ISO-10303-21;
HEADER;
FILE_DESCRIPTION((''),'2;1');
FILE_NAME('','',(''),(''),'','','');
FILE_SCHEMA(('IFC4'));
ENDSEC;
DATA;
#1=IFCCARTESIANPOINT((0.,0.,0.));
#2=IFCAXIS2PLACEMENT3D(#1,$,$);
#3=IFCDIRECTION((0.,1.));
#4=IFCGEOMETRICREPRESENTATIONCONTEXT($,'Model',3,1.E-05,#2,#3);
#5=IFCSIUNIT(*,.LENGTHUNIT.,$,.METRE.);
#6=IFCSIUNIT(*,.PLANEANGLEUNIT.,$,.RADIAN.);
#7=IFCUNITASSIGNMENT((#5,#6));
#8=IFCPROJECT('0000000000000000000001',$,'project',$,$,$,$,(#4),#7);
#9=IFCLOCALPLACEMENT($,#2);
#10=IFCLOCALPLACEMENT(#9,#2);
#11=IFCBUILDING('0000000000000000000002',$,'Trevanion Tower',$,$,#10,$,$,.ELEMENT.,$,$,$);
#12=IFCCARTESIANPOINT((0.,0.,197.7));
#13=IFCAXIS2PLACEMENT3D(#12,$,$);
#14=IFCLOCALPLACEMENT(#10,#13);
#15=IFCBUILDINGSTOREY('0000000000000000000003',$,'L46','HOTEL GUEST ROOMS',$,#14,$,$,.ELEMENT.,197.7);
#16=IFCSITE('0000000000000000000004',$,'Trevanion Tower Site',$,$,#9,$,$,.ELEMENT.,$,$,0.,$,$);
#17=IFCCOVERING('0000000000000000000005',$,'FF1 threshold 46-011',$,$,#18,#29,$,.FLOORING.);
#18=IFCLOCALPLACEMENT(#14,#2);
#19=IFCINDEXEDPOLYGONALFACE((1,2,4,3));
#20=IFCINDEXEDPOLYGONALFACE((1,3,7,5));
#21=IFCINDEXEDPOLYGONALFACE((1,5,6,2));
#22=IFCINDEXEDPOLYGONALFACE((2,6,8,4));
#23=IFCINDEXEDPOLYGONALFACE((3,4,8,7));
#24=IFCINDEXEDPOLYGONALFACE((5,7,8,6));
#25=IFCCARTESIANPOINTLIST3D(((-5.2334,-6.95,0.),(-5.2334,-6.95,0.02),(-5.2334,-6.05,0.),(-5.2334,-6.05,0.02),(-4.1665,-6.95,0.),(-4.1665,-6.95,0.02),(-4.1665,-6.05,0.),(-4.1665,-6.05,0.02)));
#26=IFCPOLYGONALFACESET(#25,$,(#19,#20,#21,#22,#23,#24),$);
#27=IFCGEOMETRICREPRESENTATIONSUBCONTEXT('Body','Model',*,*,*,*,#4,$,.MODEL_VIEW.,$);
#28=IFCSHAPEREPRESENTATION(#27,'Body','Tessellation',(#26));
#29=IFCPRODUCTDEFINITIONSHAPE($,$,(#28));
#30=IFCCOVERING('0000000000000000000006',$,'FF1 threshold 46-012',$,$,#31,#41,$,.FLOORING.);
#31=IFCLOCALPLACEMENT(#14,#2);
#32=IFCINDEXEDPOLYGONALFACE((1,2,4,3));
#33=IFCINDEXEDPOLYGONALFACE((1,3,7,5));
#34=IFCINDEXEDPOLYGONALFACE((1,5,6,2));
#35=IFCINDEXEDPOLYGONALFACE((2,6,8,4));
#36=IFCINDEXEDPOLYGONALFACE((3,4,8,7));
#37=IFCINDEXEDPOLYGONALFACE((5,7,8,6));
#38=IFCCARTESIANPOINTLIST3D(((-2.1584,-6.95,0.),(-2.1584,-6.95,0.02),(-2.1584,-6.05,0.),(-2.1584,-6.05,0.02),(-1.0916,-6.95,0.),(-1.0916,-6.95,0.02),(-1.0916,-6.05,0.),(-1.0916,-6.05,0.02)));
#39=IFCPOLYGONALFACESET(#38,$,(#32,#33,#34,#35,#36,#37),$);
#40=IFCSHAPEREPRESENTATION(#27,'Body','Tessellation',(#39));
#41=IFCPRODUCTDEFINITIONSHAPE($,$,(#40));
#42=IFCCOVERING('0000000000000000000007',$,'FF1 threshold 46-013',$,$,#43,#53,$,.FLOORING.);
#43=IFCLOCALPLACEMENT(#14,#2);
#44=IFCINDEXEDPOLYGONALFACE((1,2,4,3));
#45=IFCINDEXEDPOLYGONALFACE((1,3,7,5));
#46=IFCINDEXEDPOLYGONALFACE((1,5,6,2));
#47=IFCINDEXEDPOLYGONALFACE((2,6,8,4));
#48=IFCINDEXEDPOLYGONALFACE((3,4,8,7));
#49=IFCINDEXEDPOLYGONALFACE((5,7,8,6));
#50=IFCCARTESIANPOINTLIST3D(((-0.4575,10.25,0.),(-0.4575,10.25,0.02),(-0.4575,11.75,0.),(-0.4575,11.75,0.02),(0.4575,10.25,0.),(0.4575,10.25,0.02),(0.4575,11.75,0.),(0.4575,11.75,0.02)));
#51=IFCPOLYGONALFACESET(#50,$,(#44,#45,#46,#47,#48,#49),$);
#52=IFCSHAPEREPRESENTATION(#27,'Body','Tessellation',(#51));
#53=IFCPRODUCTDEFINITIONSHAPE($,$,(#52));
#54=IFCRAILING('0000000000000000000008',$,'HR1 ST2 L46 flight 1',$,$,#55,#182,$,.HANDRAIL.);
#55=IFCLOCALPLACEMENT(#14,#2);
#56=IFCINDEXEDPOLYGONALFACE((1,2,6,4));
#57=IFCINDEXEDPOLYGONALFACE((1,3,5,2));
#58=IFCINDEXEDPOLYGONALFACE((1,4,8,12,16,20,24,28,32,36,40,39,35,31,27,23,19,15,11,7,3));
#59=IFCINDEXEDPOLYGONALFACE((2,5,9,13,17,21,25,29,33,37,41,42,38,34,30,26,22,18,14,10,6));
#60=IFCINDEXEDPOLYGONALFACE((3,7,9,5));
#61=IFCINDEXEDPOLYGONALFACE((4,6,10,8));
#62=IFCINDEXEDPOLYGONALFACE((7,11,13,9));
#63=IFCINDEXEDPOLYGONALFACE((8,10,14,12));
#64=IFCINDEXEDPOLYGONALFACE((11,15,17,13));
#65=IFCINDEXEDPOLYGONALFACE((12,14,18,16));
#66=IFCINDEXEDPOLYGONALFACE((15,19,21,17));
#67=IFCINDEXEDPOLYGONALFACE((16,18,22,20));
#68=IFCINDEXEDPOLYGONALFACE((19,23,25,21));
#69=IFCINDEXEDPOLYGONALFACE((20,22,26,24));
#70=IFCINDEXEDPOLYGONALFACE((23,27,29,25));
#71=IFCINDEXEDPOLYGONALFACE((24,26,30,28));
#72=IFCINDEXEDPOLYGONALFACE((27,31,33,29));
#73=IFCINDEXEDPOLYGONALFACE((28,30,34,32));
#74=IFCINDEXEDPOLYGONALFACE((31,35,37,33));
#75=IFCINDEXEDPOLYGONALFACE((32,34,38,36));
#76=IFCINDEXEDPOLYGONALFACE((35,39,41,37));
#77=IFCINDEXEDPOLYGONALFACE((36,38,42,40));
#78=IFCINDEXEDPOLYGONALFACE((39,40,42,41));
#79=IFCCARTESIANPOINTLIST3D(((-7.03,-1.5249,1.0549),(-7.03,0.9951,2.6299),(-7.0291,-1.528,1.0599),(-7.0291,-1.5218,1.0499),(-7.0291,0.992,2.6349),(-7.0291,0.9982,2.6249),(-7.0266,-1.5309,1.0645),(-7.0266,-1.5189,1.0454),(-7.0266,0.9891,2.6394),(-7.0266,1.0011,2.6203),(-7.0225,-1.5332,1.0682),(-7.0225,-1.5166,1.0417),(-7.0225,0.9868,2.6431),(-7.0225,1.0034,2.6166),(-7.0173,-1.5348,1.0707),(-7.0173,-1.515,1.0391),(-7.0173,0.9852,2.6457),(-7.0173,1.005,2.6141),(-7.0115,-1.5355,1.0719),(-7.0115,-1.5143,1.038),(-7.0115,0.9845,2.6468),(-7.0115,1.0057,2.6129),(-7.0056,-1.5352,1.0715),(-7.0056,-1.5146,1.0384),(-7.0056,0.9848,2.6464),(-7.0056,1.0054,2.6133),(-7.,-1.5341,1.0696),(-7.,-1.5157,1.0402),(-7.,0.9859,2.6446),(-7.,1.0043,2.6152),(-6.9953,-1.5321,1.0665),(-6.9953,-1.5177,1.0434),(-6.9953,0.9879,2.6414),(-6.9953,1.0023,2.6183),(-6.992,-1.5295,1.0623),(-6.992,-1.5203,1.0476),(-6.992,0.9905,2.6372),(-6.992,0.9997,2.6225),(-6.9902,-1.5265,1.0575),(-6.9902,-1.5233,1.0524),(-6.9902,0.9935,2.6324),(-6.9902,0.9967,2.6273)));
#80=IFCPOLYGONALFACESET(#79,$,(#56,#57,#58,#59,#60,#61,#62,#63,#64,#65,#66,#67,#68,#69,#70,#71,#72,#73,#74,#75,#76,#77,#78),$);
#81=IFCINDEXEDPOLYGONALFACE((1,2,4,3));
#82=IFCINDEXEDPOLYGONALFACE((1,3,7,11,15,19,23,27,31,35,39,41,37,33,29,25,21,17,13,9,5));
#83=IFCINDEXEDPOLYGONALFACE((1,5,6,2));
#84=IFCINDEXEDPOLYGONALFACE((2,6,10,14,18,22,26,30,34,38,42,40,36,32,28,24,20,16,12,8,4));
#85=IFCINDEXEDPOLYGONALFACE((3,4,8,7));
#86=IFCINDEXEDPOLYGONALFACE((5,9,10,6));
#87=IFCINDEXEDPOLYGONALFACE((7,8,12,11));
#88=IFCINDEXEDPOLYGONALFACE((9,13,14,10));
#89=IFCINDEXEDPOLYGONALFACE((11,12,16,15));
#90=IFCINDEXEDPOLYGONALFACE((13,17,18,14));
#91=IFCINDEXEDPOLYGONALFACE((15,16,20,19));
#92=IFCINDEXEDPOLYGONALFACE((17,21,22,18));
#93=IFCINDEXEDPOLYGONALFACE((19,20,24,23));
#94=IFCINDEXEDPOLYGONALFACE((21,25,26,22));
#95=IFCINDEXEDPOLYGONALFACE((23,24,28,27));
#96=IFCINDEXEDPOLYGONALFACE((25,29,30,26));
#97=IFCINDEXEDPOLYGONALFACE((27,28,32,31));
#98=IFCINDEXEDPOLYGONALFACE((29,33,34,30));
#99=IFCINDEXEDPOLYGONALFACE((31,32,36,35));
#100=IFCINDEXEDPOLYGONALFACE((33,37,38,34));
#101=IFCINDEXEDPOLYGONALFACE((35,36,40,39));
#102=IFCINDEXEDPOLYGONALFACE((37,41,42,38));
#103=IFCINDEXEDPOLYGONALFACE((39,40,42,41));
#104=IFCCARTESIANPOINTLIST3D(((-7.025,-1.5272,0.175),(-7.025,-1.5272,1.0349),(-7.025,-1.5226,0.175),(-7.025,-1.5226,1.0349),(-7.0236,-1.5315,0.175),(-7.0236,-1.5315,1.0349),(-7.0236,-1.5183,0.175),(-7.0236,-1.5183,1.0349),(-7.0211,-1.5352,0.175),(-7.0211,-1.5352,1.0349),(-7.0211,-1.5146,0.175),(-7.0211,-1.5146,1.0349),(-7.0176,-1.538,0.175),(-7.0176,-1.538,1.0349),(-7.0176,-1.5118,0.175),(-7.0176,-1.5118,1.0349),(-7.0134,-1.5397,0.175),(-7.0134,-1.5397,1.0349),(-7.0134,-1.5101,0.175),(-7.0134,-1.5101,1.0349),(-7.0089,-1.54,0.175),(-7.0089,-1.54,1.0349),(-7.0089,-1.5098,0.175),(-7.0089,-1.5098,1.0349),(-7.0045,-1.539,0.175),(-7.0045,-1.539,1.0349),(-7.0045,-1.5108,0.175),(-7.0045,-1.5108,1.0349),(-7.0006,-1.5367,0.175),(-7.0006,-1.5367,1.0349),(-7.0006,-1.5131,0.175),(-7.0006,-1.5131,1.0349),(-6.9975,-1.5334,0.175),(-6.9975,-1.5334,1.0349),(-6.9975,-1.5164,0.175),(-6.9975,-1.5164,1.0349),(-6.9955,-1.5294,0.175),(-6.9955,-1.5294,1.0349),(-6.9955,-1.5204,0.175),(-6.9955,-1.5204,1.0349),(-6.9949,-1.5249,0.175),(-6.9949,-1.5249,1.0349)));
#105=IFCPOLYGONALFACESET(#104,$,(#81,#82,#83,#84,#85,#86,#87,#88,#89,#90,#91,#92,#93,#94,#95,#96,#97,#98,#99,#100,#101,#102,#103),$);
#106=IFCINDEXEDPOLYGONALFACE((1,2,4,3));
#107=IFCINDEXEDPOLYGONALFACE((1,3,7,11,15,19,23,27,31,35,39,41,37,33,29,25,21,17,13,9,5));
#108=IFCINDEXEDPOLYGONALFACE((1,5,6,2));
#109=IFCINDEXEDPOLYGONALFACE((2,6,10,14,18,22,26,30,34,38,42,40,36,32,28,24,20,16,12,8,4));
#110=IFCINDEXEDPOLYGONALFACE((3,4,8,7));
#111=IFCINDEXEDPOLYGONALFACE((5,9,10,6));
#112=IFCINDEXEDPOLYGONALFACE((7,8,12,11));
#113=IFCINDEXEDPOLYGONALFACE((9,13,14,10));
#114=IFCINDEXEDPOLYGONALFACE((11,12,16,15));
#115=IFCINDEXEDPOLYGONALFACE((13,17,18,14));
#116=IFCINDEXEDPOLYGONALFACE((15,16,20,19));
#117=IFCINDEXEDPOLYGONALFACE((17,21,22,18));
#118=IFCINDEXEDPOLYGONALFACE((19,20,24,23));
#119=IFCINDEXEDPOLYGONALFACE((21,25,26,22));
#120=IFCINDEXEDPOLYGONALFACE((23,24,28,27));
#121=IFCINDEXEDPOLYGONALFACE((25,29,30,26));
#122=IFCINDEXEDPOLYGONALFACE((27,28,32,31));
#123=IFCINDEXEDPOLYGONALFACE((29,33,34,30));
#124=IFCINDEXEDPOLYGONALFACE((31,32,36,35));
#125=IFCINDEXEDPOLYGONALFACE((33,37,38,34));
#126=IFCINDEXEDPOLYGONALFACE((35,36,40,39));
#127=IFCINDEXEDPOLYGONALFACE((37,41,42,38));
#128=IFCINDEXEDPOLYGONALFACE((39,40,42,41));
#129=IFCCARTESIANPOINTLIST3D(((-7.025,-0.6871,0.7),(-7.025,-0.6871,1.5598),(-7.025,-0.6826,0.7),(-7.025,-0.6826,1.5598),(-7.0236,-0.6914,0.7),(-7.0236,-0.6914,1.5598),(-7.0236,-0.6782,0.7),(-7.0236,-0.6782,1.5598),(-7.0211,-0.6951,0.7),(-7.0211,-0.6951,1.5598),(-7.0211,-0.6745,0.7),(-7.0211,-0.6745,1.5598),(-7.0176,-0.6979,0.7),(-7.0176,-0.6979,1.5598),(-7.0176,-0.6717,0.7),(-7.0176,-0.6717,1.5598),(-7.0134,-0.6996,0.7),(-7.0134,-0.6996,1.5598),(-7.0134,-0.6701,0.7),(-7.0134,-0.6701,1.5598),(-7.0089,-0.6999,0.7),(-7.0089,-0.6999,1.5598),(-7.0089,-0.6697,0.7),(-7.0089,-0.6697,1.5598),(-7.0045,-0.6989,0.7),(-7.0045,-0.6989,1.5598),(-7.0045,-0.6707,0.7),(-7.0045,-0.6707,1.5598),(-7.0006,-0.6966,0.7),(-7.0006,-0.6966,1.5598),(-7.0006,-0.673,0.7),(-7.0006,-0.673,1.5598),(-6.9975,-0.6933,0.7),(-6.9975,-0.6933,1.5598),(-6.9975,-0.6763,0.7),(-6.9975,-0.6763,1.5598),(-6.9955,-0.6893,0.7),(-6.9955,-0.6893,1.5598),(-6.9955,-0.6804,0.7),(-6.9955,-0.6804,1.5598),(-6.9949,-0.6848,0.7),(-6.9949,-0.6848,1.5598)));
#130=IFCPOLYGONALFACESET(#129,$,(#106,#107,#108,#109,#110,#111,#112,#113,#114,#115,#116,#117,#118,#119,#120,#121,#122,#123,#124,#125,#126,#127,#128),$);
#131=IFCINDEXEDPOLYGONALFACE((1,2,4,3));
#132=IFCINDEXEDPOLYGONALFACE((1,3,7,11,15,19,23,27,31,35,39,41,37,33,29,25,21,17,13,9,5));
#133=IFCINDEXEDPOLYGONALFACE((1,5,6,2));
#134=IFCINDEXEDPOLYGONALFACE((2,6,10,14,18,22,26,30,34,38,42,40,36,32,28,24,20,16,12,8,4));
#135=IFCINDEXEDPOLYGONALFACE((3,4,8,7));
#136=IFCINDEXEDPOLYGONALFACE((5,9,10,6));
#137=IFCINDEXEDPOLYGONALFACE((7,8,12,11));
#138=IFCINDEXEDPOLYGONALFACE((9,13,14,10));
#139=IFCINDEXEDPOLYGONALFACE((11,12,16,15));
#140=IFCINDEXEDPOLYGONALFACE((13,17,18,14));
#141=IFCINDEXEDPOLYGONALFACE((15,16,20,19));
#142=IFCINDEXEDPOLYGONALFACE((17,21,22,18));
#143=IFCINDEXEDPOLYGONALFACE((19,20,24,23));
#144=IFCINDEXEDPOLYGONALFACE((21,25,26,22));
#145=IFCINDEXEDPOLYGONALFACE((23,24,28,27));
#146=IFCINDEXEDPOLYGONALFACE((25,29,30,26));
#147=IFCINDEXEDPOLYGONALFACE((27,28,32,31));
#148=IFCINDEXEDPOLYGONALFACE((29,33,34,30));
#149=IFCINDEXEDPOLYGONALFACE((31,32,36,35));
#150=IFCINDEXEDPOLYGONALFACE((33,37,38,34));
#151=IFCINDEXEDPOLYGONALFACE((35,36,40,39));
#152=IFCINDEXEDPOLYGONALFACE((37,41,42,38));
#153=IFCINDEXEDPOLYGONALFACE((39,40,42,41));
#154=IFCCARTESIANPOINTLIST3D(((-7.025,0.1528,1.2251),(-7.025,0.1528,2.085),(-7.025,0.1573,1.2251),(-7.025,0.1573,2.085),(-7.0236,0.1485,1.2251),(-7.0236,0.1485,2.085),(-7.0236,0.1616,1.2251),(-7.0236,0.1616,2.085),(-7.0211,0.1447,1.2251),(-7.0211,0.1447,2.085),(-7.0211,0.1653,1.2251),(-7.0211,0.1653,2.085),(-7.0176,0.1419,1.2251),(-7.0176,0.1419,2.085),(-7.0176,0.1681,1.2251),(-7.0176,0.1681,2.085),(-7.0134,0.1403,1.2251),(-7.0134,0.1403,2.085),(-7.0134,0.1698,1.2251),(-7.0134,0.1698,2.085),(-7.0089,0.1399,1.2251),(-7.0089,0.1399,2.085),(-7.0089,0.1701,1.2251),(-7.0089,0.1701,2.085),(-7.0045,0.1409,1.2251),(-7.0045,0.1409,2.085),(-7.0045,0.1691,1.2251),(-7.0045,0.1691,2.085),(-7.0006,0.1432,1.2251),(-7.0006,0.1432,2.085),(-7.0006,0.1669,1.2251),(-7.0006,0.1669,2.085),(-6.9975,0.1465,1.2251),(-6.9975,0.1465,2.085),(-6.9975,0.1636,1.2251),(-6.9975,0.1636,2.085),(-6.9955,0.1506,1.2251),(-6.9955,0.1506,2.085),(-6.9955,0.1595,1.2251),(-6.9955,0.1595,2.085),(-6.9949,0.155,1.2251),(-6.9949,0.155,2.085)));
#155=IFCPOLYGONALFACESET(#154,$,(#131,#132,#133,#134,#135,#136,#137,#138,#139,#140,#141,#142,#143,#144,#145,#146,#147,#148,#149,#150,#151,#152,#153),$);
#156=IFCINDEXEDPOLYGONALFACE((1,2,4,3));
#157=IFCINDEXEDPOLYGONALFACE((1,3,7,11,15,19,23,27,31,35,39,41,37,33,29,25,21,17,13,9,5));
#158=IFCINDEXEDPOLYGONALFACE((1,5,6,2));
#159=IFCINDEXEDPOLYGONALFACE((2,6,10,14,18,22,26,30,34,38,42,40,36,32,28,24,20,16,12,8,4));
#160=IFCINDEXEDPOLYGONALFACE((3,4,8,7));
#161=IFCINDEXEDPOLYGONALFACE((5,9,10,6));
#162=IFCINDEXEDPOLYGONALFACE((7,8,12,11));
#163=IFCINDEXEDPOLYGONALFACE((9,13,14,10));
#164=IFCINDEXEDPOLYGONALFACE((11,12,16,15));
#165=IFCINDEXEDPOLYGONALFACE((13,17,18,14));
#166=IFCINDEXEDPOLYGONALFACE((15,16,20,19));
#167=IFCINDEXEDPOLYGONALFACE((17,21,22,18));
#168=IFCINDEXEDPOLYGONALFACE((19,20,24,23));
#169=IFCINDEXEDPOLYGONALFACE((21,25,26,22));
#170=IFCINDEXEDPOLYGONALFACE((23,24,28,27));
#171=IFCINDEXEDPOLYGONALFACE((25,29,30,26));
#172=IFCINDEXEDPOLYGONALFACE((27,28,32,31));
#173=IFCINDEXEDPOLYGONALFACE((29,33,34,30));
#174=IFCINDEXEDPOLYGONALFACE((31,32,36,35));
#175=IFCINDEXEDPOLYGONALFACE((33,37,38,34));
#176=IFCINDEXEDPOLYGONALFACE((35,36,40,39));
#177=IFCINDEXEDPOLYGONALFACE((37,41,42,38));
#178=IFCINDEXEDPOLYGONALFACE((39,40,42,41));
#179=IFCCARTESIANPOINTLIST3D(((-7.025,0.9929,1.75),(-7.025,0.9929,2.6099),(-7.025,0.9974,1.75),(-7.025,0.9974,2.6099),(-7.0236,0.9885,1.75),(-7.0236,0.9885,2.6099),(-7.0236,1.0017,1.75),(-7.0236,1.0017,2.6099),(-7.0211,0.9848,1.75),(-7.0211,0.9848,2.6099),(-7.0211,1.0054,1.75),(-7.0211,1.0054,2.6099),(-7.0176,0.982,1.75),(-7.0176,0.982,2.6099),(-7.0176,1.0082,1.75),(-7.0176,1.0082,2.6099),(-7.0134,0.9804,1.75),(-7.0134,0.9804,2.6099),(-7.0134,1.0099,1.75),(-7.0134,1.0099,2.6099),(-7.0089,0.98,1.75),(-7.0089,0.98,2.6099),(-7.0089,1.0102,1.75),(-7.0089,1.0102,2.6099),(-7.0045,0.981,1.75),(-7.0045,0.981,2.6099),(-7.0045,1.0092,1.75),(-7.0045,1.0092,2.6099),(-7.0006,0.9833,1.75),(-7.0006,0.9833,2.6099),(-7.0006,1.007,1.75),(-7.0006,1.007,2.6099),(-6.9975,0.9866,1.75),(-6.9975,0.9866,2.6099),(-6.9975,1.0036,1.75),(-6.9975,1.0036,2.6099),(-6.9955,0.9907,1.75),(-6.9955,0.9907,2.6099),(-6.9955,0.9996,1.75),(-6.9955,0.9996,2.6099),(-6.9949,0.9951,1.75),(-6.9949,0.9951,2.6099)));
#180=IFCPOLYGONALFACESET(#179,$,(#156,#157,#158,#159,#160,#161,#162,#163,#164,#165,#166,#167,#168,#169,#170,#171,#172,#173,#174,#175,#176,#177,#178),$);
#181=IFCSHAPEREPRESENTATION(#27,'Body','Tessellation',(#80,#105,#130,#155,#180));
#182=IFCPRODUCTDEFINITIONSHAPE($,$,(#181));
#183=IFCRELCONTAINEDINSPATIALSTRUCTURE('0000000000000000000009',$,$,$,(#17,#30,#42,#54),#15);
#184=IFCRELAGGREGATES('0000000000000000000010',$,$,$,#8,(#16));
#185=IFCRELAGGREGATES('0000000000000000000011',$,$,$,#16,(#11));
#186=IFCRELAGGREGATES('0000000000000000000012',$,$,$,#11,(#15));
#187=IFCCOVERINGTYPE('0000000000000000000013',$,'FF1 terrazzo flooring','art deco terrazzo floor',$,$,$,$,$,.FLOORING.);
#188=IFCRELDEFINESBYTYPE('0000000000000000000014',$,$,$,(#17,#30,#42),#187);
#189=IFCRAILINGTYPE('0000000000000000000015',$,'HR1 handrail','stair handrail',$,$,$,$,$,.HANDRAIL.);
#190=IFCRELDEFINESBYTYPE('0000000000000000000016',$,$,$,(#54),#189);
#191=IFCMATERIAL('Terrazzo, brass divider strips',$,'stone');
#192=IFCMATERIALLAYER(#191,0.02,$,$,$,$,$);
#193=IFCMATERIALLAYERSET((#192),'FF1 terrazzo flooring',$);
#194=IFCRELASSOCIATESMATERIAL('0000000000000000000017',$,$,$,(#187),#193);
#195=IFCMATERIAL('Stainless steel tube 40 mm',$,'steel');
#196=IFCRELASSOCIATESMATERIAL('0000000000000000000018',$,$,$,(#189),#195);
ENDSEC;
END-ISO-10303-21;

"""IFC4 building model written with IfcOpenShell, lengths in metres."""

from ifc_helpers import new_model, si_unit, direction, frame, origin, origin_2d, place, context, subcontext, project, spatial, polyline, circle, outline, extrude, material, layer, layer_set, type_object, element, save


model = new_model("IFC4")

# Units and contexts
model_context = context("Model", 3, precision=1e-05, world=origin(), true_north=direction((0.0, 1.0)))
body_context = subcontext(model_context, "Body", "Model", "MODEL_VIEW")
ifc_project = project(units=[si_unit("LENGTHUNIT", "METRE"), si_unit("PLANEANGLEUNIT", "RADIAN")], contexts=[model_context])

# Site, building, storey
site_placement = place(None, origin())
site = spatial("IfcSite", under=ifc_project, at=site_placement, Name="Trevanion Tower Site", CompositionType="ELEMENT", RefElevation=0.0)
building_placement = place(site_placement, origin())
building = spatial("IfcBuilding", under=site, at=building_placement, Name="Trevanion Tower", CompositionType="ELEMENT")
storey_placement = place(building_placement, frame((0.0, 0.0, 197.7)))
storey = spatial("IfcBuildingStorey", under=building, at=storey_placement, Name="L46", Description="HOTEL GUEST ROOMS", CompositionType="ELEMENT", Elevation=197.7)

# Coverings
ifc_material_1 = material(Name="Terrazzo, brass divider strips", Category="stone")
ifc_layer_1 = layer(ifc_material_1, 0.02)
ifc_layer_set_1 = layer_set([ifc_layer_1], Name="FF1 terrazzo flooring")
covering_type = type_object("IfcCoveringType", Name="FF1 terrazzo flooring", Description="art deco terrazzo floor", PredefinedType="FLOORING", material=ifc_layer_set_1)
covering_1_placement = place(storey_placement, origin())
element("IfcCovering", 1, at=covering_1_placement, inside=storey, type_object=covering_type, Name="FF1 threshold 46-011", PredefinedType="FLOORING", context=body_context, shape_type="SweptSolid", body=[
    extrude(outline(polyline([(-5.2334, -6.95), (-4.1665, -6.95), (-4.1665, -6.05), (-5.2334, -6.05), (-5.2334, -6.95)])), origin(), (0.0, 0.0, 1.0), 0.02),
])
covering_2_placement = place(storey_placement, origin())
element("IfcCovering", 2, at=covering_2_placement, inside=storey, type_object=covering_type, Name="FF1 threshold 46-012", PredefinedType="FLOORING", context=body_context, shape_type="SweptSolid", body=[
    extrude(outline(polyline([(-2.1584, -6.95), (-1.0916, -6.95), (-1.0916, -6.05), (-2.1584, -6.05), (-2.1584, -6.95)])), origin(), (0.0, 0.0, 1.0), 0.02),
])
covering_3_placement = place(storey_placement, origin())
element("IfcCovering", 3, at=covering_3_placement, inside=storey, type_object=covering_type, Name="FF1 threshold 46-013", PredefinedType="FLOORING", context=body_context, shape_type="SweptSolid", body=[
    extrude(outline(polyline([(0.4575, 11.75), (-0.4575, 11.75), (-0.4575, 10.25), (0.4575, 10.25), (0.4575, 11.75)])), origin(), (0.0, 0.0, 1.0), 0.02),
])

# Railing
ifc_material_2 = material(Name="Stainless steel tube 40 mm", Category="steel")
railing_type = type_object("IfcRailingType", Name="HR1 handrail", Description="stair handrail", PredefinedType="HANDRAIL", material=ifc_material_2)
for number, where, name in (
    (4, (-7.01, -1.5249, 0.175), "HR1 ST2 L46 flight 1"),
):
    element("IfcRailing", number, at=place(storey_placement, frame(where)), inside=storey, type_object=railing_type, Name=name, PredefinedType="HANDRAIL", context=body_context, shape_type="SweptSolid", body=[
        extrude(circle(Radius=0.02, at=origin_2d()), frame((0.0, 0.0, 0.8799), z_axis=(0.0, 0.848008, 0.529984), x_axis=(-1.0, 0.0, 0.0)), (0.0, 0.0, 1.0), 2.9717),
        extrude(circle(Radius=0.0151, at=origin_2d()), origin(), (0.0, 0.0, 1.0), 0.8599),
        extrude(circle(Radius=0.0151, at=origin_2d()), frame((0.0, 0.8401, 0.5249)), (0.0, 0.0, 1.0), 0.8599),
        extrude(circle(Radius=0.0151, at=origin_2d()), frame((0.0, 1.6799, 1.05)), (0.0, 0.0, 1.0), 0.8599),
        extrude(circle(Radius=0.0151, at=origin_2d()), frame((0.0, 2.52, 1.575)), (0.0, 0.0, 1.0), 0.8599),
    ])

save(model, "model.ifc")
